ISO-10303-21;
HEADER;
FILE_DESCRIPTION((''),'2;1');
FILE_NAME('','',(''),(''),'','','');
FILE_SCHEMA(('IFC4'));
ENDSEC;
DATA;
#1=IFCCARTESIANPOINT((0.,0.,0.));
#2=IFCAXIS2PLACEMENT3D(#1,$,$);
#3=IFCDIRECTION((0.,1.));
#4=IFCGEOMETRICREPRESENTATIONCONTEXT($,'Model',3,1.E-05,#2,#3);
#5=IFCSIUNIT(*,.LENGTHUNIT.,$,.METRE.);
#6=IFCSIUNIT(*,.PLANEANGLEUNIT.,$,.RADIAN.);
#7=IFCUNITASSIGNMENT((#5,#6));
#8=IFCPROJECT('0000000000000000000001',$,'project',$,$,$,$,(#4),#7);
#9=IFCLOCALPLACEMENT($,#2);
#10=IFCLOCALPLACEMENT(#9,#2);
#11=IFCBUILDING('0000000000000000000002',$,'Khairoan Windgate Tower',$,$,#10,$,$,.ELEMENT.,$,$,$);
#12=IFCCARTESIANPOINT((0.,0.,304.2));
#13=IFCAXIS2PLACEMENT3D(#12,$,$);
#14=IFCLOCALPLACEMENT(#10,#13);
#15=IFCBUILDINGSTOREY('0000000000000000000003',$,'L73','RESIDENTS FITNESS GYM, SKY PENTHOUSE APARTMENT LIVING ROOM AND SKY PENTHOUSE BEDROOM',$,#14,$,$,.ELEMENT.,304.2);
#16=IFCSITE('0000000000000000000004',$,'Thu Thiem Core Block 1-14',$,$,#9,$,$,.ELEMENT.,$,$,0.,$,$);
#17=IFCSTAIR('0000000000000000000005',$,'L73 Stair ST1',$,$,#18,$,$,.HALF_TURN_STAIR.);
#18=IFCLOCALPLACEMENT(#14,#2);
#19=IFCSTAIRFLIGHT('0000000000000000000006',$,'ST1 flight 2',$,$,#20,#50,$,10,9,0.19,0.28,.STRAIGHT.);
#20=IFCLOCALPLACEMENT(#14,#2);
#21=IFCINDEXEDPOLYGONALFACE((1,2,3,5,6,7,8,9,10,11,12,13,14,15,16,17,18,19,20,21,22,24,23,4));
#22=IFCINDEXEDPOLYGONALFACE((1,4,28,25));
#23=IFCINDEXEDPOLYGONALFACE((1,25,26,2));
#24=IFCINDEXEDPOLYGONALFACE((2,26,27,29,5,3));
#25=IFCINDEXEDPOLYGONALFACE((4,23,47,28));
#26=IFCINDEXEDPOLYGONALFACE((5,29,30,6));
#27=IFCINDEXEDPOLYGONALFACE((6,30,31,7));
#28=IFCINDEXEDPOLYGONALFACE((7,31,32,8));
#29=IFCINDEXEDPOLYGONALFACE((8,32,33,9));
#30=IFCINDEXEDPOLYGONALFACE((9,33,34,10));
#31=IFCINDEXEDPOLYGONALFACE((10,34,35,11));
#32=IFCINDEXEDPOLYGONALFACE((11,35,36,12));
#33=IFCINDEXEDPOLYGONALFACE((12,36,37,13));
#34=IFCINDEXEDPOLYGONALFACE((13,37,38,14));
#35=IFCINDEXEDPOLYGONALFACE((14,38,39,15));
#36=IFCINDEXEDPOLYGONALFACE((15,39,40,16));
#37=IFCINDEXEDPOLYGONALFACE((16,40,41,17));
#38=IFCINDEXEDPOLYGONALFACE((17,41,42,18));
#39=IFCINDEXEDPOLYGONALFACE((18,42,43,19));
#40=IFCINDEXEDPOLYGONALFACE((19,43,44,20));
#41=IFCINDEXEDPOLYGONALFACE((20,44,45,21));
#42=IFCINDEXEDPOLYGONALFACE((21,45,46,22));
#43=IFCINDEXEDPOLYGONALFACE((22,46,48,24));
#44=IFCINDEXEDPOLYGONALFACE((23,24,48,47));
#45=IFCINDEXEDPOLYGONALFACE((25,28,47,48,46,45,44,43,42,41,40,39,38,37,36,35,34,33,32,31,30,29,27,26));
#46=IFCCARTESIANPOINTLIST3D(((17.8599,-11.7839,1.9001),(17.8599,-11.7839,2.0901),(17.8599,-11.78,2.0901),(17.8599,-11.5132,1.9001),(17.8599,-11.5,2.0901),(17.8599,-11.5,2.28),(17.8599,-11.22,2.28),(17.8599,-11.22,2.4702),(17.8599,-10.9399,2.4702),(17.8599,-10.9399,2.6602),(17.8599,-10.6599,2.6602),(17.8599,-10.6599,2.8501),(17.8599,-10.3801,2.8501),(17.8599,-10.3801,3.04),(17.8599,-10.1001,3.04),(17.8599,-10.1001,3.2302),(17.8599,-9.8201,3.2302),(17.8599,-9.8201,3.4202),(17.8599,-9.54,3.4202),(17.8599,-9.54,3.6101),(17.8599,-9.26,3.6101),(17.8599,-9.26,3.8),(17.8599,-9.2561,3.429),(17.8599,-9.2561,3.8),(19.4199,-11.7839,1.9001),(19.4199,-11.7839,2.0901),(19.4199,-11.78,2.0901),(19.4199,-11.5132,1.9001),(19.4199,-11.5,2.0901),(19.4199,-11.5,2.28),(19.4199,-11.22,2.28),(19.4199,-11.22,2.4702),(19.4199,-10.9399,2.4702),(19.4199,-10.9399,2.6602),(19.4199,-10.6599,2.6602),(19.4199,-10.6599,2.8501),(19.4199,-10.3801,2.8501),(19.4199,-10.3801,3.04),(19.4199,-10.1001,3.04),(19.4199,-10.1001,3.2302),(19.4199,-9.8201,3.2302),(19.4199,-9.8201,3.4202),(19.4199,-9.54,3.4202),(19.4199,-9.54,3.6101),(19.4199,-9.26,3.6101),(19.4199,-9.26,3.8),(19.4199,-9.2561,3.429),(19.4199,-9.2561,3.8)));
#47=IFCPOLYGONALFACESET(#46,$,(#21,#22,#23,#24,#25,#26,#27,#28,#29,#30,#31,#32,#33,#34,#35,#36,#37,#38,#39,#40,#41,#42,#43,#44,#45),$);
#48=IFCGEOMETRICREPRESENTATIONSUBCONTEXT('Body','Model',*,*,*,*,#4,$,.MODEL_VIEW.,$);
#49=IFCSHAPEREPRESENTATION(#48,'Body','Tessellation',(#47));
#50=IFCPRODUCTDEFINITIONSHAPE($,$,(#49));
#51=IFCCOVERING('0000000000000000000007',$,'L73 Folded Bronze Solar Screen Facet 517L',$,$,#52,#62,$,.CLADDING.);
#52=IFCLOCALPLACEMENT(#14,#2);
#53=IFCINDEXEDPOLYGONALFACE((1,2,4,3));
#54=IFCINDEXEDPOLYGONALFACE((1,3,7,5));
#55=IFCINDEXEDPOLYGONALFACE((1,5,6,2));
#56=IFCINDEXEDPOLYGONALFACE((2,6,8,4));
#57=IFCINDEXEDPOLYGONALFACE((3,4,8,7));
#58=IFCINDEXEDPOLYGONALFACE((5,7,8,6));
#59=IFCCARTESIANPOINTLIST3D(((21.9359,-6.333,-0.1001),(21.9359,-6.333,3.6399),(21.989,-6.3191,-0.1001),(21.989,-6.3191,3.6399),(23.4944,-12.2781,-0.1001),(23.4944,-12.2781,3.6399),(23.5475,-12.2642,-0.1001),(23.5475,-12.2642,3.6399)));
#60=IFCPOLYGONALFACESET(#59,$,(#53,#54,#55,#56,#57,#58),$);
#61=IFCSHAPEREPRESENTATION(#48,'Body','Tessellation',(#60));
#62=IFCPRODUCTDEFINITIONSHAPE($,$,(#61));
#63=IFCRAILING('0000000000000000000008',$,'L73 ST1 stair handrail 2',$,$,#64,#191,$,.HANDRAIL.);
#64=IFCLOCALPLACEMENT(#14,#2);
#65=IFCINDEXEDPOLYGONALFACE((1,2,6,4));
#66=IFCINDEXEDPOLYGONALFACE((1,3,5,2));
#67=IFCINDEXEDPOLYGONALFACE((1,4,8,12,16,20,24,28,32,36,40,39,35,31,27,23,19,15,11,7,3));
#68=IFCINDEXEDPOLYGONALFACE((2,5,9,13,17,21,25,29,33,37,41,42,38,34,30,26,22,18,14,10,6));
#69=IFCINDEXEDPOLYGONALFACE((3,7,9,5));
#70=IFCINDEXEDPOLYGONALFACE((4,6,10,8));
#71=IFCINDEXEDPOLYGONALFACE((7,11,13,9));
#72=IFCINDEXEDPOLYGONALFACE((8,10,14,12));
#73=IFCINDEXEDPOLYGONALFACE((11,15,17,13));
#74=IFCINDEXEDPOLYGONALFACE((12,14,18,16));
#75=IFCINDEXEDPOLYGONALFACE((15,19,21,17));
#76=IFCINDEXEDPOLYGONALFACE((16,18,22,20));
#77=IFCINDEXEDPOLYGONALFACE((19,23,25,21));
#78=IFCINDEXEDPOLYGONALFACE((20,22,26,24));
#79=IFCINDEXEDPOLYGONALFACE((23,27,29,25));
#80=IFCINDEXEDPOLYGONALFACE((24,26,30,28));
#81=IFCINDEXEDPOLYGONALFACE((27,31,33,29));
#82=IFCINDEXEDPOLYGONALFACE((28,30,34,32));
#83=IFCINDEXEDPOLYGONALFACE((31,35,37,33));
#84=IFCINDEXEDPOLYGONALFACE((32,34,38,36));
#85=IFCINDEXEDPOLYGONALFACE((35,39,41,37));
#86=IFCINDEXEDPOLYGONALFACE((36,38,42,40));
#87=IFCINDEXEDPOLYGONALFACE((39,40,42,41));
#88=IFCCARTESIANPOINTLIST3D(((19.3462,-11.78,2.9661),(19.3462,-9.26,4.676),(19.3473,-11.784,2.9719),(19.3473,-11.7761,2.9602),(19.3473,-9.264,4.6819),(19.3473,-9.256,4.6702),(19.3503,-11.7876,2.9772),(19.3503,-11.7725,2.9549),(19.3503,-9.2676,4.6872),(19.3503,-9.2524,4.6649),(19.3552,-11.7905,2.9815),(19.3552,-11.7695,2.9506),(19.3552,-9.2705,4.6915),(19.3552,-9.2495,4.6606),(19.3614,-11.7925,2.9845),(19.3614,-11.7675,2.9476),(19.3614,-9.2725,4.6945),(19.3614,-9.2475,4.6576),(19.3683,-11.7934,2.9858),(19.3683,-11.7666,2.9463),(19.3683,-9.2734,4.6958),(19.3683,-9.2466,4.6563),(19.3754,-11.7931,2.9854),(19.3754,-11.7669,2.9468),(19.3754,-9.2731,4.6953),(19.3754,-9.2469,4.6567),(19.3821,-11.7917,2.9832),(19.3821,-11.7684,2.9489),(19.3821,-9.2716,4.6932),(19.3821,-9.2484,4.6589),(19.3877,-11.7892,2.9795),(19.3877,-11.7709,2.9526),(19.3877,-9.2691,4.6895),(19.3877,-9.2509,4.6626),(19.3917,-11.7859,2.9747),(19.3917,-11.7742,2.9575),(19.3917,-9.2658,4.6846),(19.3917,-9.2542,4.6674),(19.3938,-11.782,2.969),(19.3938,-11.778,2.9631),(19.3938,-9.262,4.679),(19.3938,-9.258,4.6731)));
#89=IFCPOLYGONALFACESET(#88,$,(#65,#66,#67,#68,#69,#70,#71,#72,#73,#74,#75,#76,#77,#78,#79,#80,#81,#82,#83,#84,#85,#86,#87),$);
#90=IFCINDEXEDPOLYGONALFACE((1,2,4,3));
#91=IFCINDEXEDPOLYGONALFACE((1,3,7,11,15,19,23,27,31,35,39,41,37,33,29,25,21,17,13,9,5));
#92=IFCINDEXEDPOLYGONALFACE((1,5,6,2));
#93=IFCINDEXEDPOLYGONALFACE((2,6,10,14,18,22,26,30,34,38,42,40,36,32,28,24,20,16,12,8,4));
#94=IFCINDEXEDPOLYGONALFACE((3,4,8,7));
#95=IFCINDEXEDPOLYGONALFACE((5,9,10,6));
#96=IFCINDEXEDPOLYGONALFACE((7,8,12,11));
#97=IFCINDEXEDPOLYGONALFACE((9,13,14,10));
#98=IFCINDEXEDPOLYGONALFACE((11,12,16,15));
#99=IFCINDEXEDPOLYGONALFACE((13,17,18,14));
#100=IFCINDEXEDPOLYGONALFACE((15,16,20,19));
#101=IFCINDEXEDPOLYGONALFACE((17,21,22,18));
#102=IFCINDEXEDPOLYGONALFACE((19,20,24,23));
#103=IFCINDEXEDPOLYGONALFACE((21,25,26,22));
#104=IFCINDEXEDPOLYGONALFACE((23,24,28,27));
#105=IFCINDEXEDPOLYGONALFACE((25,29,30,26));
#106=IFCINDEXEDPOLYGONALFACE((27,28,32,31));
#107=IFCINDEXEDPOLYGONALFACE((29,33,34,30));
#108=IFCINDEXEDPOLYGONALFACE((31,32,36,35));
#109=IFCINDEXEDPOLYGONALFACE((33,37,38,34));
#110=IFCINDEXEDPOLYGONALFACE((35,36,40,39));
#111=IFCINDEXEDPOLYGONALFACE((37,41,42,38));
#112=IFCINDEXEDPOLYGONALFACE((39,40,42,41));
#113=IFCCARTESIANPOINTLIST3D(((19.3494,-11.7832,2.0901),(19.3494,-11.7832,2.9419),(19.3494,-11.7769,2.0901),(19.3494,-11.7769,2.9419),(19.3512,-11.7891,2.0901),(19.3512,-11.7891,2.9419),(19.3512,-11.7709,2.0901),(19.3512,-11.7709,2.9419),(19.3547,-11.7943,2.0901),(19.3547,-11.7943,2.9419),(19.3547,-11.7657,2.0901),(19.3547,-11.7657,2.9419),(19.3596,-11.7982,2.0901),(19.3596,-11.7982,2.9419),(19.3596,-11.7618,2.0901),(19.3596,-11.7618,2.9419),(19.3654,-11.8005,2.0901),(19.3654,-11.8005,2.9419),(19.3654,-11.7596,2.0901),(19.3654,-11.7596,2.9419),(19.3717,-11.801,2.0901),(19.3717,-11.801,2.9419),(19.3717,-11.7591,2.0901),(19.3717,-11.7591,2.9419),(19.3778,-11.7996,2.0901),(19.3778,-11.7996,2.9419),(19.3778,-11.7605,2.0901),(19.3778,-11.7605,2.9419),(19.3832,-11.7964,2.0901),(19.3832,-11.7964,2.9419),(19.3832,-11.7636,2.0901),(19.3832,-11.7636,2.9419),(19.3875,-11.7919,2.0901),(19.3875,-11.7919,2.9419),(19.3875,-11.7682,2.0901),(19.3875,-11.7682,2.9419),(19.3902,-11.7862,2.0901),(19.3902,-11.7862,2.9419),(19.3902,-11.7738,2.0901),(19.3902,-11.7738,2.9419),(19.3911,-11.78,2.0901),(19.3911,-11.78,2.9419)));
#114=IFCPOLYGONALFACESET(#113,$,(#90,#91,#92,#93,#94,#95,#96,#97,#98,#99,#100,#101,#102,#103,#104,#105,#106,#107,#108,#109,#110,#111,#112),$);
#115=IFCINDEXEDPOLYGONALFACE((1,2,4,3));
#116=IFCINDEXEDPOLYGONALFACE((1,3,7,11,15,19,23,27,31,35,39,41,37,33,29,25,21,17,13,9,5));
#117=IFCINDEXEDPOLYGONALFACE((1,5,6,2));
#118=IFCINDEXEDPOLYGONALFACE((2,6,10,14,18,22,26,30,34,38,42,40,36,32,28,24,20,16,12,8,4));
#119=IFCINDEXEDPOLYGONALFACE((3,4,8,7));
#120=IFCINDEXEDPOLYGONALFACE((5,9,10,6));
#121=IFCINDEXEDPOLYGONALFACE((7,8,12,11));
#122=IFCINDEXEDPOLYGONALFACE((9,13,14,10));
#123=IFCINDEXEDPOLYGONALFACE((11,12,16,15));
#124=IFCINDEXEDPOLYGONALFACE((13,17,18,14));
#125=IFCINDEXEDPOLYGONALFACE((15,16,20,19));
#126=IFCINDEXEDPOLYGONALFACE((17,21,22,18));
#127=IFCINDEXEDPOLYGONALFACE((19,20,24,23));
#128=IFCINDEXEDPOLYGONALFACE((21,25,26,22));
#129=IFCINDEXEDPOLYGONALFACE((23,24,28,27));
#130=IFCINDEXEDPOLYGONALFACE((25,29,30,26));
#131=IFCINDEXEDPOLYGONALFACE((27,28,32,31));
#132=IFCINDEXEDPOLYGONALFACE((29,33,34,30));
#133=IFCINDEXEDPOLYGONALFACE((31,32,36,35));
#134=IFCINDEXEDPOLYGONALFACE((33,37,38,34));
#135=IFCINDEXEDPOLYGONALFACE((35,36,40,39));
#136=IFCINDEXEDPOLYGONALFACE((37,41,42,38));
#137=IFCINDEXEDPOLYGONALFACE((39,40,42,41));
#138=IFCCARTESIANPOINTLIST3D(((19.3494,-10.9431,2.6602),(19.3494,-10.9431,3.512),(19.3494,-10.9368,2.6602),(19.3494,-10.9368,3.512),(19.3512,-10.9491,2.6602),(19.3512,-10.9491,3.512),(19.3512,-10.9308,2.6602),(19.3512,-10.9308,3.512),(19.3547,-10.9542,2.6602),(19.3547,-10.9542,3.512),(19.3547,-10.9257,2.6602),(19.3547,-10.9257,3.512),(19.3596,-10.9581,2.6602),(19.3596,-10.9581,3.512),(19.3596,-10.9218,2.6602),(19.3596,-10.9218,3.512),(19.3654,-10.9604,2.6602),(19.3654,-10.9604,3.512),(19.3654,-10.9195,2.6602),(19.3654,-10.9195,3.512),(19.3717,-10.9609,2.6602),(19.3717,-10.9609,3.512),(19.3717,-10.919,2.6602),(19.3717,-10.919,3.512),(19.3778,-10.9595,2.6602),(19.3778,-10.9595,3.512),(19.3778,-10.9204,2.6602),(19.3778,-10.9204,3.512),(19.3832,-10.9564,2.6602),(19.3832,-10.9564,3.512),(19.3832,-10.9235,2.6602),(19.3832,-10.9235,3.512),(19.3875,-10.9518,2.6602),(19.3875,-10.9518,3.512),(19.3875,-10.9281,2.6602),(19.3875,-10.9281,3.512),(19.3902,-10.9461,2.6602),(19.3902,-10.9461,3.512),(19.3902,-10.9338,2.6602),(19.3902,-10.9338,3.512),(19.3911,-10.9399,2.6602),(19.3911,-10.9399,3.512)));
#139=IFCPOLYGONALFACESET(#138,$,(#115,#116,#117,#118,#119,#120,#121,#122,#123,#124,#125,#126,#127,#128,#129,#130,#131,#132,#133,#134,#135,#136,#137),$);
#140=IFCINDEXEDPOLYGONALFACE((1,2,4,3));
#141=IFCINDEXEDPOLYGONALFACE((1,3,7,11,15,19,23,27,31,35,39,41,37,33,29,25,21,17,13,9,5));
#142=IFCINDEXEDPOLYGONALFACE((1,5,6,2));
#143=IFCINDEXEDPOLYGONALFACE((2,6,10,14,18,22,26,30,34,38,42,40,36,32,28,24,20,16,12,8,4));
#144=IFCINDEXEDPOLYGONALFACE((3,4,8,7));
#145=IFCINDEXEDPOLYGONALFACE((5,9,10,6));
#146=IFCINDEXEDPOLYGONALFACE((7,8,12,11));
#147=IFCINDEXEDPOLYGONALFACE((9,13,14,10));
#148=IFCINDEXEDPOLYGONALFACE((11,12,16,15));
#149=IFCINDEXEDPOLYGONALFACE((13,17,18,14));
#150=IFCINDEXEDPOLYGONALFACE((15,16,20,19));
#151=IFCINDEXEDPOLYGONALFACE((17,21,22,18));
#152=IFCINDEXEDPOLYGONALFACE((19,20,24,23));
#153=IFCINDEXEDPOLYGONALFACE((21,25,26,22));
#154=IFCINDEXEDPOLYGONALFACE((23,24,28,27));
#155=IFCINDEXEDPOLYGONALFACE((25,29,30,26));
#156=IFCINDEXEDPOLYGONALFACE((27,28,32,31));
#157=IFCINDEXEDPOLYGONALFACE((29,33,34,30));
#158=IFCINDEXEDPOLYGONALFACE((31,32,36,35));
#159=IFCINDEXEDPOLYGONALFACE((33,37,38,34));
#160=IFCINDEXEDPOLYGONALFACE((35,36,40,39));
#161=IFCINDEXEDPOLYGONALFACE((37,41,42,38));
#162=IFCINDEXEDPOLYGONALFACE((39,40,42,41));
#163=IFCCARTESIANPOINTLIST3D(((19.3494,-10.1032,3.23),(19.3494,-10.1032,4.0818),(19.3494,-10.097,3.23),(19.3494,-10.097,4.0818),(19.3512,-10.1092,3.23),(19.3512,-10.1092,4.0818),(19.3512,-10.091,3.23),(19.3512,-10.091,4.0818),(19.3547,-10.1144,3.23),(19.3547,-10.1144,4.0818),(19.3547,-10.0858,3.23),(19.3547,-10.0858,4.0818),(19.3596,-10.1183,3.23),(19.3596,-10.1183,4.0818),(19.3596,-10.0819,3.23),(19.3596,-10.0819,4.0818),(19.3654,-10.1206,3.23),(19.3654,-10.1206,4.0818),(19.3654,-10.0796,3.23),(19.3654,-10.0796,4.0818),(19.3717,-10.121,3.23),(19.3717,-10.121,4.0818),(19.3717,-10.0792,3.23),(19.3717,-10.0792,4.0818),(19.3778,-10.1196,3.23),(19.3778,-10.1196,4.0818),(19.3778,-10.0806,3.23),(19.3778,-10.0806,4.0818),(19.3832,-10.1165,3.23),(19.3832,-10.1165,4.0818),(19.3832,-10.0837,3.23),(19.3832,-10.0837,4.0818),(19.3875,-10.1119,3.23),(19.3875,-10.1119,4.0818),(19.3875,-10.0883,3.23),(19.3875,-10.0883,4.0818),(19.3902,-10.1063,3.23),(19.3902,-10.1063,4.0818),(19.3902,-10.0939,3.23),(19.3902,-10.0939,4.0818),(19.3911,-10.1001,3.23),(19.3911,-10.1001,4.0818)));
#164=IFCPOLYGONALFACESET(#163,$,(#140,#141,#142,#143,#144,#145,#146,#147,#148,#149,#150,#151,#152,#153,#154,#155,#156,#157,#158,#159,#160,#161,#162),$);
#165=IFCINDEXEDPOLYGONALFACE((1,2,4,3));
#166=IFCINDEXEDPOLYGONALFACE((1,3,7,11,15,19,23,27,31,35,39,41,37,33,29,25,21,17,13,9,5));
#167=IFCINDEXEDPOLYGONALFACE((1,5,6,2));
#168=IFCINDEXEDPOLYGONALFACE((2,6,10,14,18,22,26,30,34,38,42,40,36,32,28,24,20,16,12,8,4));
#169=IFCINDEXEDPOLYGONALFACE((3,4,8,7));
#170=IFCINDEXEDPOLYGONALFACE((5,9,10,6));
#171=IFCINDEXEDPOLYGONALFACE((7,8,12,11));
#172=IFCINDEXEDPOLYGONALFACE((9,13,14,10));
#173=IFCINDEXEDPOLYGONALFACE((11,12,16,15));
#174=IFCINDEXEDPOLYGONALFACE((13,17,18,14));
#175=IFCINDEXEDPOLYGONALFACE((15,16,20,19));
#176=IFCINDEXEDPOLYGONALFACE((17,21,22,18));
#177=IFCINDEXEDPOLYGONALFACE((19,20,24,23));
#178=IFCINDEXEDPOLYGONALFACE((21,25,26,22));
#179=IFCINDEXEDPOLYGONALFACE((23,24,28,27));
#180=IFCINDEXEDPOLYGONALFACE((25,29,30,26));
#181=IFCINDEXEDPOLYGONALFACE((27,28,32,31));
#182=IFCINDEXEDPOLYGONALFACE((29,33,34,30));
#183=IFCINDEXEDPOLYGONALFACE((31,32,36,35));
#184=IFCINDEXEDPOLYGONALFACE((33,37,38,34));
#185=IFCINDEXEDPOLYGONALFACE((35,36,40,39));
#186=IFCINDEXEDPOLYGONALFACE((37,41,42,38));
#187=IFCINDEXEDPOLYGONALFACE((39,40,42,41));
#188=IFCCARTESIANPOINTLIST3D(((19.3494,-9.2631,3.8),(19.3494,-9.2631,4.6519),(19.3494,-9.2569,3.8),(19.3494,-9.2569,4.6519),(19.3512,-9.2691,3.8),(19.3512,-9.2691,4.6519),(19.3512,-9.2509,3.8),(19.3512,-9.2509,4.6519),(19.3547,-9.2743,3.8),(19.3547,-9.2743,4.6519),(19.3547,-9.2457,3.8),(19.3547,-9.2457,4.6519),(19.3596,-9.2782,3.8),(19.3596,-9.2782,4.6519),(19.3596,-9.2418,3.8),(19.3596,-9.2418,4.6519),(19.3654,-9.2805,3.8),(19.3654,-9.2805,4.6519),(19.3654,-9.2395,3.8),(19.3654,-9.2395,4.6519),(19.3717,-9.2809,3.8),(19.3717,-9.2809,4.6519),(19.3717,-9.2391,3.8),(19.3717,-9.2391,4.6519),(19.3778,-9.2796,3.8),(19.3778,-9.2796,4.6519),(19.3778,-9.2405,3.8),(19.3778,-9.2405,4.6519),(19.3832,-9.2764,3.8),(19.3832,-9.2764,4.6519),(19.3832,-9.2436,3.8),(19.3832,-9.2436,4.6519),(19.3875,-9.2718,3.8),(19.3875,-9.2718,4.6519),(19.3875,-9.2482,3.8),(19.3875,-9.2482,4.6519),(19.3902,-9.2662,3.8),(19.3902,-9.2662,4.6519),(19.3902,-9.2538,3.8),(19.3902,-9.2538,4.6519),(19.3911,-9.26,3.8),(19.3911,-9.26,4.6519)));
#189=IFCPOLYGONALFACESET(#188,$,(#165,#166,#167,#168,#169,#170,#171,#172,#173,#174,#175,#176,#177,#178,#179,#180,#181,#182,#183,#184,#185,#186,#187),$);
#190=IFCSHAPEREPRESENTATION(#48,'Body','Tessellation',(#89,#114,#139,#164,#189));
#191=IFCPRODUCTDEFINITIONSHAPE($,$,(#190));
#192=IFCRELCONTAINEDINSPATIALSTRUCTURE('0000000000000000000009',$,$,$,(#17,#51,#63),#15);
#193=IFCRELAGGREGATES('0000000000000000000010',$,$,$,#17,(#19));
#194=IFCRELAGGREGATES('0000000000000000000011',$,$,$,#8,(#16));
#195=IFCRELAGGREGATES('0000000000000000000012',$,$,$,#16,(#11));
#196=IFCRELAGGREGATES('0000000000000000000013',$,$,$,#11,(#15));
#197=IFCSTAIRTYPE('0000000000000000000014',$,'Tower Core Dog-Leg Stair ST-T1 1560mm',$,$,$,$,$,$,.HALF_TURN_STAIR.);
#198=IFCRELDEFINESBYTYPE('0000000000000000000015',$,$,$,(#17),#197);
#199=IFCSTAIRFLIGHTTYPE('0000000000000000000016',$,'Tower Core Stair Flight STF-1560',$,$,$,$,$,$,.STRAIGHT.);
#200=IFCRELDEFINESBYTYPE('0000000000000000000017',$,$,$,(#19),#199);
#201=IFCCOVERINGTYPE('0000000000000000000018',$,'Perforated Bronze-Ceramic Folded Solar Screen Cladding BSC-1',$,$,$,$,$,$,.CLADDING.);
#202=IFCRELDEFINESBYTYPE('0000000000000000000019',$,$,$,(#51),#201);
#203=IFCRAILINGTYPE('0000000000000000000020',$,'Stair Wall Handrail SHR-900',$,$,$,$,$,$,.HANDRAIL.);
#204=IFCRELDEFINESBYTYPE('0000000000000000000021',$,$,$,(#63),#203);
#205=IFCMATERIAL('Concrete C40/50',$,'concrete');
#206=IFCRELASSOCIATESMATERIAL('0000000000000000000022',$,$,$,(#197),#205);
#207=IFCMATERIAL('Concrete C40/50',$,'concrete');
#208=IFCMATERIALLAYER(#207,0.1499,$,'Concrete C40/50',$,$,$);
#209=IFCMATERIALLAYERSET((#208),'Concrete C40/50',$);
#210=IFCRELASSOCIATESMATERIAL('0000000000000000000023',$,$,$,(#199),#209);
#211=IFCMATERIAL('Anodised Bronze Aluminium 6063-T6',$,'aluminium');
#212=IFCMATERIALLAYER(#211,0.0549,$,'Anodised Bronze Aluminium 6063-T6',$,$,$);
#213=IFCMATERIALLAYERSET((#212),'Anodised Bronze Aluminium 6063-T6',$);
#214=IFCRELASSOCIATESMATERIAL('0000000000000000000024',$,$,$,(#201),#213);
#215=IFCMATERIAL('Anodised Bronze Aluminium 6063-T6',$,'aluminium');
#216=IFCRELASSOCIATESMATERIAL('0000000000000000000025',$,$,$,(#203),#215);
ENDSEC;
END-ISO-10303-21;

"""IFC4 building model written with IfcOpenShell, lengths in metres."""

from ifc_helpers import new_model, si_unit, direction, frame, origin, origin_2d, place, context, subcontext, project, spatial, polyline, rectangle, circle, outline, extrude, material, layer, layer_set, type_object, element, aggregate, save


model = new_model("IFC4")

# Units and contexts
model_context = context("Model", 3, precision=1e-05, world=origin(), true_north=direction((0.0, 1.0)))
body_context = subcontext(model_context, "Body", "Model", "MODEL_VIEW")
ifc_project = project(units=[si_unit("LENGTHUNIT", "METRE"), si_unit("PLANEANGLEUNIT", "RADIAN")], contexts=[model_context])

# Site, building, storey
site_placement = place(None, origin())
site = spatial("IfcSite", under=ifc_project, at=site_placement, Name="Thu Thiem Core Block 1-14", CompositionType="ELEMENT", RefElevation=0.0)
building_placement = place(site_placement, origin())
building = spatial("IfcBuilding", under=site, at=building_placement, Name="Khairoan Windgate Tower", CompositionType="ELEMENT")
storey_placement = place(building_placement, frame((0.0, 0.0, 304.2)))
storey = spatial("IfcBuildingStorey", under=building, at=storey_placement, Name="L73", Description="RESIDENTS FITNESS GYM, SKY PENTHOUSE APARTMENT LIVING ROOM AND SKY PENTHOUSE BEDROOM", CompositionType="ELEMENT", Elevation=304.2)

# Stair, stair flight
ifc_material_1 = material(Name="Concrete C40/50", Category="concrete")
stair_type = type_object("IfcStairType", Name="Tower Core Dog-Leg Stair ST-T1 1560mm", PredefinedType="HALF_TURN_STAIR", material=ifc_material_1)
stair_placement = place(storey_placement, origin())
stair = element("IfcStair", 1, at=stair_placement, inside=storey, type_object=stair_type, Name="L73 Stair ST1", PredefinedType="HALF_TURN_STAIR")
ifc_material_2 = material(Name="Concrete C40/50", Category="concrete")
ifc_layer_1 = layer(ifc_material_2, 0.1499, Name="Concrete C40/50")
ifc_layer_set_1 = layer_set([ifc_layer_1], Name="Concrete C40/50")
stair_flight_type = type_object("IfcStairFlightType", Name="Tower Core Stair Flight STF-1560", PredefinedType="STRAIGHT", material=ifc_layer_set_1)
stair_flight_1_placement = place(storey_placement, frame((18.6399, -11.78, 1.9001), z_axis=(0.0, 0.0, 1.0), x_axis=(0.0, 1.0, 0.0)))
stair_flight_1 = element("IfcStairFlight", 2, at=stair_flight_1_placement, type_object=stair_flight_type, Name="ST1 flight 2", NumberOfRisers=10, NumberOfTreads=9, PredefinedType="STRAIGHT", RiserHeight=0.19, TreadLength=0.28, context=body_context, shape_type="SweptSolid", body=[
    extrude(outline(polyline([(-0.0039, 0.0), (-0.0039, 0.1899), (0.0, 0.1899), (0.28, 0.1899), (0.28, 0.3799), (0.5601, 0.3799), (0.5601, 0.5701), (0.8401, 0.5701), (0.8401, 0.76), (1.1201, 0.76), (1.1201, 0.95), (1.3999, 0.95), (1.3999, 1.1399), (1.6799, 1.1399), (1.6799, 1.3301), (1.96, 1.3301), (1.96, 1.52), (2.24, 1.52), (2.24, 1.71), (2.52, 1.71), (2.52, 1.8999), (2.5239, 1.8999), (2.5239, 1.5288), (0.2668, 0.0), (-0.0039, 0.0)])), frame((0.0, 0.78, 0.0), z_axis=(0.0, -1.0, 0.0), x_axis=(1.0, 0.0, 0.0)), (0.0, 0.0, 1.0), 1.5601),
])
aggregate(stair, [stair_flight_1])

# Covering
ifc_material_3 = material(Name="Anodised Bronze Aluminium 6063-T6", Category="aluminium")
ifc_layer_2 = layer(ifc_material_3, 0.0549, Name="Anodised Bronze Aluminium 6063-T6")
ifc_layer_set_2 = layer_set([ifc_layer_2], Name="Anodised Bronze Aluminium 6063-T6")
covering_type = type_object("IfcCoveringType", Name="Perforated Bronze-Ceramic Folded Solar Screen Cladding BSC-1", PredefinedType="CLADDING", material=ifc_layer_set_2)
covering_placement = place(storey_placement, frame((22.7417, -9.2986, -0.1001), z_axis=(0.0, 0.0, 1.0), x_axis=(0.253589, -0.967312, 0.0)))
element("IfcCovering", 3, at=covering_placement, inside=storey, type_object=covering_type, Name="L73 Folded Bronze Solar Screen Facet 517L", PredefinedType="CLADDING", context=body_context, shape_type="SweptSolid", body=[
    extrude(rectangle(XDim=6.146, YDim=0.0549, at=origin_2d()), origin(), (0.0, 0.0, 1.0), 3.74),
])

# Railing
ifc_material_4 = material(Name="Anodised Bronze Aluminium 6063-T6", Category="aluminium")
railing_type_1 = type_object("IfcRailingType", Name="Stair Wall Handrail SHR-900", PredefinedType="HANDRAIL", material=ifc_material_4)
railing_1_placement = place(storey_placement, frame((19.3701, -11.78, 2.0901)))
element("IfcRailing", 4, at=railing_1_placement, inside=storey, type_object=railing_type_1, Name="L73 ST1 stair handrail 2", PredefinedType="HANDRAIL", context=body_context, shape_type="SweptSolid", body=[
    extrude(circle(Radius=0.0239, at=origin_2d()), frame((0.0, 0.0, 0.876), z_axis=(0.0, 0.827484, 0.56149), x_axis=(-1.0, 0.0, 0.0)), (0.0, 0.0, 1.0), 3.0454),
    extrude(circle(Radius=0.021, at=origin_2d()), origin(), (0.0, 0.0, 1.0), 0.8518),
    extrude(circle(Radius=0.021, at=origin_2d()), frame((0.0, 0.8401, 0.5701)), (0.0, 0.0, 1.0), 0.8518),
    extrude(circle(Radius=0.021, at=origin_2d()), frame((0.0, 1.6799, 1.1399)), (0.0, 0.0, 1.0), 0.8518),
    extrude(circle(Radius=0.021, at=origin_2d()), frame((0.0, 2.52, 1.71)), (0.0, 0.0, 1.0), 0.8518),
])

save(model, "model.ifc")
